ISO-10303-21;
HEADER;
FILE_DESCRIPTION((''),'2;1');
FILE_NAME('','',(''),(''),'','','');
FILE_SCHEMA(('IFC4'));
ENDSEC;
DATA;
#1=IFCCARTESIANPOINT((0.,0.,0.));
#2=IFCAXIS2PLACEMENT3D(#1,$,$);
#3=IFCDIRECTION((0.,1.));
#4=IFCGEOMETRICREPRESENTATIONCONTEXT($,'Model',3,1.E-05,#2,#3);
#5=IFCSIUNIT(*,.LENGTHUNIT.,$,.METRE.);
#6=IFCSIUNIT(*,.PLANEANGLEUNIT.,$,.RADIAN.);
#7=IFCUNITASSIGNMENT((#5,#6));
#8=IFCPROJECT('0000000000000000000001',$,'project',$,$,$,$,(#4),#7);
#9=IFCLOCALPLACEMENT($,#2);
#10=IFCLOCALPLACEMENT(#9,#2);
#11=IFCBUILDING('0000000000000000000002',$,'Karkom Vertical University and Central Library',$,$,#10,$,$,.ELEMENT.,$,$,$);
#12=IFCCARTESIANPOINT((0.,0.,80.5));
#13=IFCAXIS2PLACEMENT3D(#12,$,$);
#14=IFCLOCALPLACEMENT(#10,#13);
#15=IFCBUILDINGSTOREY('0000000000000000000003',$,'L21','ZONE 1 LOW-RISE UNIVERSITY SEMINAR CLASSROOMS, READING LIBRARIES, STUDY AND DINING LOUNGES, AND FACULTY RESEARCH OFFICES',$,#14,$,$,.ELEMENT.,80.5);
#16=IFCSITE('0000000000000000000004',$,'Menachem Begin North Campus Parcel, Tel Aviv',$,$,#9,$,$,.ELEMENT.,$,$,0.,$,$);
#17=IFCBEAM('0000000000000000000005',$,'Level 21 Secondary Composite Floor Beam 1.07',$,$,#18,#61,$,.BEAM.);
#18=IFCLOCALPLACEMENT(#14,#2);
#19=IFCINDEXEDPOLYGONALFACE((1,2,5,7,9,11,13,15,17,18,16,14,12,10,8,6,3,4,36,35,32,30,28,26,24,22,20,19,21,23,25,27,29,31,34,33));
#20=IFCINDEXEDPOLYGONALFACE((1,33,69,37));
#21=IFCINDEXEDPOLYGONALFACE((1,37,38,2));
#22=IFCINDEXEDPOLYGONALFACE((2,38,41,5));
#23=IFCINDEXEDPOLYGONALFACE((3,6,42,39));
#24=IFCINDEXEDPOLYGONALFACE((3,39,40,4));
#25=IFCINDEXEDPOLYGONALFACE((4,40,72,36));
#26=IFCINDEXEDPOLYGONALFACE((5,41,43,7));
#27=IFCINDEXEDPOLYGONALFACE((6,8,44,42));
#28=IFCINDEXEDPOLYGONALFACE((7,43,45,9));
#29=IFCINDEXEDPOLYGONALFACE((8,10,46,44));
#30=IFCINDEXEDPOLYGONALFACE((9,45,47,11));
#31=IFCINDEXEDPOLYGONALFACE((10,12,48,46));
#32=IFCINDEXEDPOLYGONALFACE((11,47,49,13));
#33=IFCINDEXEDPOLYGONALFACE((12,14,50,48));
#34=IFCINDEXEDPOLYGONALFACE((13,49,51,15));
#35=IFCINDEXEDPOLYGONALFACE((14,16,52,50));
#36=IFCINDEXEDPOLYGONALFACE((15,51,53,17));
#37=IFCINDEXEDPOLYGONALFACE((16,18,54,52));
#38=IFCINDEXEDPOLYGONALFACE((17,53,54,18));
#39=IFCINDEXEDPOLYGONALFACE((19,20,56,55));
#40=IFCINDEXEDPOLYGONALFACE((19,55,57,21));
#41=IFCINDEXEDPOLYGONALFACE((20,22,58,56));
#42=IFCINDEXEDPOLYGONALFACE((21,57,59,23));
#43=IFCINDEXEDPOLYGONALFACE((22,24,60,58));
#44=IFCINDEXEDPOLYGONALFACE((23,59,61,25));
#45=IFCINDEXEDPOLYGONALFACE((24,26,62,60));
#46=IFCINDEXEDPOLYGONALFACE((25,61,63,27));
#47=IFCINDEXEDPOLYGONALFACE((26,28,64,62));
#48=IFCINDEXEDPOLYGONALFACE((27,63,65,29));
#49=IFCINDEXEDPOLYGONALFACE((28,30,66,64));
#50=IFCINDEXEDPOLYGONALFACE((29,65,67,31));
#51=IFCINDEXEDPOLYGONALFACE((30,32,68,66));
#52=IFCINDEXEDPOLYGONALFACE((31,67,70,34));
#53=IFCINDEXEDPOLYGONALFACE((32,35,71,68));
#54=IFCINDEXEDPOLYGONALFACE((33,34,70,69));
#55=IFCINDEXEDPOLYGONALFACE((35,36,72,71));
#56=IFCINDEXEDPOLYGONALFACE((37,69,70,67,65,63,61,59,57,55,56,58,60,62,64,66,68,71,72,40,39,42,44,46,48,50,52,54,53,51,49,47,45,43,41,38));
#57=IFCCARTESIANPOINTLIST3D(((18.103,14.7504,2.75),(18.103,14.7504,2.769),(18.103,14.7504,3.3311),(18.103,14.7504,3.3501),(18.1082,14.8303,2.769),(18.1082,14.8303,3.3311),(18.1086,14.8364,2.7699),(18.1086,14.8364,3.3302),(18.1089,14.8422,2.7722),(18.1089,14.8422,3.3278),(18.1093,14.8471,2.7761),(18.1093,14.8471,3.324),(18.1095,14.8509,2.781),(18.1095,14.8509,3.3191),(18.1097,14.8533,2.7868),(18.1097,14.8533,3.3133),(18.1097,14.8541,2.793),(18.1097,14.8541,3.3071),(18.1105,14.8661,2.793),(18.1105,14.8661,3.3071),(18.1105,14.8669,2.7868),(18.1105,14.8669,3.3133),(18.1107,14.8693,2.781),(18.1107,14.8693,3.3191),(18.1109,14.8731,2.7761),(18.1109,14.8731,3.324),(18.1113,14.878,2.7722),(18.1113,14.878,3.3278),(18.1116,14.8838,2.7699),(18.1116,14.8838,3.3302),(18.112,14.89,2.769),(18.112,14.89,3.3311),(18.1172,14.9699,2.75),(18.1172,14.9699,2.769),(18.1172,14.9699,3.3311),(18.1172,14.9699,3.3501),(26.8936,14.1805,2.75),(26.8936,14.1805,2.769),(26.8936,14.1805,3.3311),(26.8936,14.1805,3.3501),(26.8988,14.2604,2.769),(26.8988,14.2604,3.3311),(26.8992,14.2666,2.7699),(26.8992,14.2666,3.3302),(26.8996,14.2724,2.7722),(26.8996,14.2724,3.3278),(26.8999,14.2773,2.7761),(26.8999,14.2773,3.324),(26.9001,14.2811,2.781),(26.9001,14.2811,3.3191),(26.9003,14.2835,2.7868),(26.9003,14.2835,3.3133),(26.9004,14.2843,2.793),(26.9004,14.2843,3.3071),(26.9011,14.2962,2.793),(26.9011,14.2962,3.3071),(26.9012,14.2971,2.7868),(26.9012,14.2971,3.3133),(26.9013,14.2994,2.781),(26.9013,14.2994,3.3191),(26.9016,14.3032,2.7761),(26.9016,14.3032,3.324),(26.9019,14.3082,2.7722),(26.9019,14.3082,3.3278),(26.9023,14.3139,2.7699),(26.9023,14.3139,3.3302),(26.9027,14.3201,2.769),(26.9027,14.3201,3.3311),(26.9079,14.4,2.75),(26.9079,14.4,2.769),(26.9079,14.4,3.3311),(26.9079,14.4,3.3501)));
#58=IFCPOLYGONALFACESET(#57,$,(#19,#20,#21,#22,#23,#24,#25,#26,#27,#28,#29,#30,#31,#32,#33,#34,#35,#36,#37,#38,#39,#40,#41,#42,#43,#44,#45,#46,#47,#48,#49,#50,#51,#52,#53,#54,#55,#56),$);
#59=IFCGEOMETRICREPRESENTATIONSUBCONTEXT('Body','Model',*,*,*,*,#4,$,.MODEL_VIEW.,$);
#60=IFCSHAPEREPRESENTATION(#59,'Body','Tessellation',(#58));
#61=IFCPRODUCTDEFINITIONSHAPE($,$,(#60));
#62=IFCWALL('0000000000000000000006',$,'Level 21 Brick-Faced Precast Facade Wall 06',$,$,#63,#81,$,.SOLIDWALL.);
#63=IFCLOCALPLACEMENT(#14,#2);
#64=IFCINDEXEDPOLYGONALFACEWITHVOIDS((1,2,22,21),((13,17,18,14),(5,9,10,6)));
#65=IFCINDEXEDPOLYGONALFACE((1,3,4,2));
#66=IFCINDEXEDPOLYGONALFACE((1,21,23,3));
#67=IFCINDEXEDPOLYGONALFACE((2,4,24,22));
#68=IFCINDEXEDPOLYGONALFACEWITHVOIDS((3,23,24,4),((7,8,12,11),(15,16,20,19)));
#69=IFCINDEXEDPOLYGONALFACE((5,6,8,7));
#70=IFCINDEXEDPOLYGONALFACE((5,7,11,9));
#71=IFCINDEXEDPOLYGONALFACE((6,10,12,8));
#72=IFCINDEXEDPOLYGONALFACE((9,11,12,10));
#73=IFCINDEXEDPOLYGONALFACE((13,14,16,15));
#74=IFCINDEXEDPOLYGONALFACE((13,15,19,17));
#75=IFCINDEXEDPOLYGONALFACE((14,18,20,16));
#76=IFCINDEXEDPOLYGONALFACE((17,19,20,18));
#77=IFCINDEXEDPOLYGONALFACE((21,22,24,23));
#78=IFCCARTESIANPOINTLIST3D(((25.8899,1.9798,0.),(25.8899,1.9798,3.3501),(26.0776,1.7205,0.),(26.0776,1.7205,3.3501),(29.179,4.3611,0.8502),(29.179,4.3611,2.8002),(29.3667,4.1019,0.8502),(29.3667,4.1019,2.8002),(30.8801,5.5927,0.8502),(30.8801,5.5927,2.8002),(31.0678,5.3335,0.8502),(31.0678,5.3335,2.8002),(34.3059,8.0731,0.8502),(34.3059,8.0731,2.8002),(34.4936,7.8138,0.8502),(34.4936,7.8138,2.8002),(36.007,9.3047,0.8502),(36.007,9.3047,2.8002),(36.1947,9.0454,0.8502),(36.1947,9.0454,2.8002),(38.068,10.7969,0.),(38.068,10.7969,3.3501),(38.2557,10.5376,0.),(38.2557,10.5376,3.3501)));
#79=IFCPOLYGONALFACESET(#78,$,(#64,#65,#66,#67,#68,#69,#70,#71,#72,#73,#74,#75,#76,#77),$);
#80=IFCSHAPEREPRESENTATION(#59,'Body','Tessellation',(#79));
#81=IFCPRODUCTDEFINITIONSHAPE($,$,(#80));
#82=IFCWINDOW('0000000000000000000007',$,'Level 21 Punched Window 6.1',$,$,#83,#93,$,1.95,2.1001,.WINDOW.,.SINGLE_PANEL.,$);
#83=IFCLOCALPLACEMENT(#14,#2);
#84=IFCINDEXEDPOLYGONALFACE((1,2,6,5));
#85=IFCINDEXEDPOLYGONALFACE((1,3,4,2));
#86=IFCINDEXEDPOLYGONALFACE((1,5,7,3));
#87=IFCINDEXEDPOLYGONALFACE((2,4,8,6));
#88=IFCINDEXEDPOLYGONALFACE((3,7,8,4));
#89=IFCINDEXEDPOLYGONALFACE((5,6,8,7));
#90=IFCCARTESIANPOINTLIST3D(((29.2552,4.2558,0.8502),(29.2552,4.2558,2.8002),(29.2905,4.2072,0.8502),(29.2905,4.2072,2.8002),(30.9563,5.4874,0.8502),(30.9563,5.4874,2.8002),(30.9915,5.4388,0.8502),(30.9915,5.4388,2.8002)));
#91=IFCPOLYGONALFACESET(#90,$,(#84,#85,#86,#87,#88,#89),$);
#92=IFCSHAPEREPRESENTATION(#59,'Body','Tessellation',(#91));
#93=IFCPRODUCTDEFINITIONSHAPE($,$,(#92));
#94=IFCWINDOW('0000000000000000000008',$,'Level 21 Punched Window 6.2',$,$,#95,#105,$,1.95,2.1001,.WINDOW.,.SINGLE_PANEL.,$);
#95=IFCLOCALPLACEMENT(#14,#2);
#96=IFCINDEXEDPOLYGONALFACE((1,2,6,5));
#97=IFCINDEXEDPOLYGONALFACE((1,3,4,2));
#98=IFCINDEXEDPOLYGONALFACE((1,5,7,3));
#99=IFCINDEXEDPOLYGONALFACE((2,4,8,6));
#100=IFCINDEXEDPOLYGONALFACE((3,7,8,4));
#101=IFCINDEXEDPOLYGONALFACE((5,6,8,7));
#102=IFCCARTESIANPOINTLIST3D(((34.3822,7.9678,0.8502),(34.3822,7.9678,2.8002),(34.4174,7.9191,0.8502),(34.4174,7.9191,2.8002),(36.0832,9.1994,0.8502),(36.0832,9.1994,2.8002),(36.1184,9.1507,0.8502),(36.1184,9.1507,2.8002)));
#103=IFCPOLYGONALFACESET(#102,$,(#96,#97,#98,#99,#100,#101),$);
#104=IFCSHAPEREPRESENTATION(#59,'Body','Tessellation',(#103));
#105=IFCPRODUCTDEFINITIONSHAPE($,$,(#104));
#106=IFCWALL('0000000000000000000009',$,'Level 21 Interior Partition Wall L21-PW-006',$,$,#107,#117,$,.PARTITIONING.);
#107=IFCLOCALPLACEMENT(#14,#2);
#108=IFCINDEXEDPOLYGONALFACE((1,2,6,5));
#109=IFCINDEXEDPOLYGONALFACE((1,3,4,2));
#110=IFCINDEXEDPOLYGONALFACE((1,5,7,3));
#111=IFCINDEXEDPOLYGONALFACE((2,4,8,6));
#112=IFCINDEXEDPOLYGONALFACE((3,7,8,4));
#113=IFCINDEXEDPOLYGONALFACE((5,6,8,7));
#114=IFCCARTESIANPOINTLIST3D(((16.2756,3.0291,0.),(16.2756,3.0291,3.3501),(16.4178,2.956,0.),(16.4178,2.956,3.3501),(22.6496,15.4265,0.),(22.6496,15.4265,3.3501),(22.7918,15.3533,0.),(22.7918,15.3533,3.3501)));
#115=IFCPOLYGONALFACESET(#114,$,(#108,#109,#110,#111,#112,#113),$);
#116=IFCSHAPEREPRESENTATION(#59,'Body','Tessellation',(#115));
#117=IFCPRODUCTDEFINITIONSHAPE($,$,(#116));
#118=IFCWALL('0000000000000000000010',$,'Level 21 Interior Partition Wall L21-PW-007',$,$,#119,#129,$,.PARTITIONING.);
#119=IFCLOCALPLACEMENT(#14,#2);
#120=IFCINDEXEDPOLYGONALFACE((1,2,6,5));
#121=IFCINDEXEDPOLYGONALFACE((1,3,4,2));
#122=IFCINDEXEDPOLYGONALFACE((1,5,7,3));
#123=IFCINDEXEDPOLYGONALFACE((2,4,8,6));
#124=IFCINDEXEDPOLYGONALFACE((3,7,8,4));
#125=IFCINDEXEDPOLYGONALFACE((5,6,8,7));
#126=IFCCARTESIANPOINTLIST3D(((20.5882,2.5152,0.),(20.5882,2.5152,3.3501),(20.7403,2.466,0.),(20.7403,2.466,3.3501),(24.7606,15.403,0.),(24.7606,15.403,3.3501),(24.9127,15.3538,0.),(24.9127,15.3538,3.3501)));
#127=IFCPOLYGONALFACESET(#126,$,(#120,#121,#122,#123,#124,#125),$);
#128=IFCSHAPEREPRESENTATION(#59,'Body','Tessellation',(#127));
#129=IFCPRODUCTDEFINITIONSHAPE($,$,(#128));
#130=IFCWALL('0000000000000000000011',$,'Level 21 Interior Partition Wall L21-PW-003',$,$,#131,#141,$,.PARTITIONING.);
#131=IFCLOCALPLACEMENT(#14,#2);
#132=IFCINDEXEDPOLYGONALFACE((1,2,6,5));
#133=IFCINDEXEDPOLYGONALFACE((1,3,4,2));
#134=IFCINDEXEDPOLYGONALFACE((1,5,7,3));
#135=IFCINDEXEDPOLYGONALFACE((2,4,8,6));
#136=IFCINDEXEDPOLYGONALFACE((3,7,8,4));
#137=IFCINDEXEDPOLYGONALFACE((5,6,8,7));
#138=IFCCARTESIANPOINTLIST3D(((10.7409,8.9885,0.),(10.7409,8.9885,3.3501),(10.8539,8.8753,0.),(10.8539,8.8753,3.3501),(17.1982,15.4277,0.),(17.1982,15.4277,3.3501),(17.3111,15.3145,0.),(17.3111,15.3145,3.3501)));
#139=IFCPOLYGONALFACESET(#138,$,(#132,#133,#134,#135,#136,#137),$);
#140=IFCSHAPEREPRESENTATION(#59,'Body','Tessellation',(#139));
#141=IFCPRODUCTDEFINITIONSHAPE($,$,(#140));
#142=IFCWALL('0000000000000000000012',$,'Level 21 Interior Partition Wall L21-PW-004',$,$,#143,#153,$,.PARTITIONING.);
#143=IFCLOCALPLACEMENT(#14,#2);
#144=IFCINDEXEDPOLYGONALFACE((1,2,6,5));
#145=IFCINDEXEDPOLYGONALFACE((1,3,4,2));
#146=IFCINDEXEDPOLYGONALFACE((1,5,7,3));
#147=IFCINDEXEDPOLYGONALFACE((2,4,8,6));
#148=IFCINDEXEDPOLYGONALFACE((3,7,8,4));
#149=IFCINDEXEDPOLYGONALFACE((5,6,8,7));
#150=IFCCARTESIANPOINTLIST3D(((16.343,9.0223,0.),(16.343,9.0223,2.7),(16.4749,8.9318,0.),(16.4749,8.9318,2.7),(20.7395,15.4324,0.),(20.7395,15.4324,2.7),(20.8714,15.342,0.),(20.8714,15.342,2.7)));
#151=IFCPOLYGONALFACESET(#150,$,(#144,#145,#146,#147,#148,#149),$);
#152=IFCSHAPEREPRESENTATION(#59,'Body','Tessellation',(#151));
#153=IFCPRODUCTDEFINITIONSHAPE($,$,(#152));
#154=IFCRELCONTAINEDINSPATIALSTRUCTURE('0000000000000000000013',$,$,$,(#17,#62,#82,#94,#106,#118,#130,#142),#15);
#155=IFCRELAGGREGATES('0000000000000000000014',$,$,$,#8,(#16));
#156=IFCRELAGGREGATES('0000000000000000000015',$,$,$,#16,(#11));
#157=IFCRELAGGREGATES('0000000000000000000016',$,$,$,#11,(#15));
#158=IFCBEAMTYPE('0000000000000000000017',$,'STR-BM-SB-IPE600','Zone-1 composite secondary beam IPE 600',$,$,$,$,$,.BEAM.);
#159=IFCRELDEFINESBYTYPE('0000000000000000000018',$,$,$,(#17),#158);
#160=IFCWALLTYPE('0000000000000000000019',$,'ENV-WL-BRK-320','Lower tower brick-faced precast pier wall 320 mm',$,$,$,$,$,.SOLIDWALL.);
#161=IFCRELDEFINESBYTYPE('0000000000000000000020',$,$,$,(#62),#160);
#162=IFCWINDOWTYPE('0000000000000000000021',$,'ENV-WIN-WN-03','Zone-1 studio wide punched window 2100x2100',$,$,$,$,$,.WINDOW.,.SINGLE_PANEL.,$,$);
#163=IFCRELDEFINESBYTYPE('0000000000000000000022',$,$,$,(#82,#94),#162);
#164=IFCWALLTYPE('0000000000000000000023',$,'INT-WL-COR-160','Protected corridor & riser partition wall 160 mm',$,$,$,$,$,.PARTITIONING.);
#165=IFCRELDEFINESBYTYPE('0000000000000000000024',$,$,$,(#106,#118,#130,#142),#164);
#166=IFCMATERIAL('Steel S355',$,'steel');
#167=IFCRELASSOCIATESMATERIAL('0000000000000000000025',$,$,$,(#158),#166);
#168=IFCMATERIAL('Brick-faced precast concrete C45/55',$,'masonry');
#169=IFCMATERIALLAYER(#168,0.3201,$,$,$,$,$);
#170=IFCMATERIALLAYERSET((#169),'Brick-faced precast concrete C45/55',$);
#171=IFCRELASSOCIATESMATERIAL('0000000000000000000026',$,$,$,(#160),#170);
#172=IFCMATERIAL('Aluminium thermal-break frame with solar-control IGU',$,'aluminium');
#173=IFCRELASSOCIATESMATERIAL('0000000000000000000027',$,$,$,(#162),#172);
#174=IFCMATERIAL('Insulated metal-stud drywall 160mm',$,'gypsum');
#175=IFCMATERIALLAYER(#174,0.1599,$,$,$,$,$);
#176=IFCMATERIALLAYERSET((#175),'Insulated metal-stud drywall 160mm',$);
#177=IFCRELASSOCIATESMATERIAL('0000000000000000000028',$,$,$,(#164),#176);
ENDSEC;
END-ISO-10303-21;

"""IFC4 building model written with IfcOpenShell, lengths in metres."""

from ifc_helpers import new_model, si_unit, direction, frame, frame_2d, origin, origin_with_axes, origin_2d, place, context, subcontext, project, spatial, rectangle, i_section, extrude, source, transform, mapped, material, layer, layer_set, material_profile, profile_set, type_object, element, fill, save


model = new_model("IFC4")

# Units and contexts
model_context = context("Model", 3, precision=1e-05, world=origin(), true_north=direction((0.0, 1.0)))
body_context = subcontext(model_context, "Body", "Model", "MODEL_VIEW")
ifc_project = project(units=[si_unit("LENGTHUNIT", "METRE"), si_unit("PLANEANGLEUNIT", "RADIAN")], contexts=[model_context])

# Site, building, storey
site_placement = place(None, origin())
site = spatial("IfcSite", under=ifc_project, at=site_placement, Name="Menachem Begin North Campus Parcel, Tel Aviv", CompositionType="ELEMENT", RefElevation=0.0)
building_placement = place(site_placement, origin())
building = spatial("IfcBuilding", under=site, at=building_placement, Name="Karkom Vertical University and Central Library", CompositionType="ELEMENT")
storey_placement = place(building_placement, frame((0.0, 0.0, 80.5)))
storey = spatial("IfcBuildingStorey", under=building, at=storey_placement, Name="L21", Description="ZONE 1 LOW-RISE UNIVERSITY SEMINAR CLASSROOMS, READING LIBRARIES, STUDY AND DINING LOUNGES, AND FACULTY RESEARCH OFFICES", CompositionType="ELEMENT", Elevation=80.5)

# Beam
ifc_material_1 = material(Name="Steel S355", Category="steel")
ifc_material_profile_1 = material_profile(ifc_material_1, i_section(OverallWidth=0.22, OverallDepth=0.6001, WebThickness=0.012, FlangeThickness=0.019, FilletRadius=0.0239, at=origin_2d()), Name="IPE 600")
ifc_profile_set_1 = profile_set([ifc_material_profile_1], Name="Steel S355")
beam_type_1 = type_object("IfcBeamType", Name="STR-BM-SB-IPE600", Description="Zone-1 composite secondary beam IPE 600", PredefinedType="BEAM", material=ifc_profile_set_1)
shared_shape_1 = source(origin_with_axes(), body_context, "Body", "SweptSolid", [
    extrude(i_section(OverallWidth=0.22, OverallDepth=0.6001, WebThickness=0.012, FlangeThickness=0.019, FilletRadius=0.0239, at=origin_2d()), origin(), (0.0, 0.0, 1.0), 8.8091),
])
beam_1_placement = place(storey_placement, frame((18.1101, 14.8601, 3.05), z_axis=(0.997906, -0.064687, 0.0), x_axis=(0.064687, 0.997906, 0.0)))
element("IfcBeam", 1, at=beam_1_placement, inside=storey, type_object=beam_type_1, Name="Level 21 Secondary Composite Floor Beam 1.07", PredefinedType="BEAM", context=body_context, shape_type="MappedRepresentation", body=[
    mapped(shared_shape_1, transform((0.0, 0.0, 0.0), scale=1.0)),
])

# Wall, openings, windows
ifc_material_2 = material(Name="Brick-faced precast concrete C45/55", Category="masonry")
ifc_layer_1 = layer(ifc_material_2, 0.3201)
ifc_layer_set_1 = layer_set([ifc_layer_1], Name="Brick-faced precast concrete C45/55")
wall_type_1 = type_object("IfcWallType", Name="ENV-WL-BRK-320", Description="Lower tower brick-faced precast pier wall 320 mm", PredefinedType="SOLIDWALL", material=ifc_layer_set_1)
wall_1_placement = place(storey_placement, frame((25.9836, 1.8501, 0.0), z_axis=(0.0, 0.0, 1.0), x_axis=(0.809992, 0.586441, 0.0)))
wall_1 = element("IfcWall", 2, at=wall_1_placement, inside=storey, type_object=wall_type_1, Name="Level 21 Brick-Faced Precast Facade Wall 06", PredefinedType="SOLIDWALL", context=body_context, shape_type="SweptSolid", body=[
    extrude(rectangle(XDim=15.0349, YDim=0.3201, at=frame_2d((7.5176, 0.0))), origin(), (0.0, 0.0, 1.0), 3.3501),
])
opening_1_placement = place(wall_1_placement, frame((4.0608, 0.0, 0.8501)))
opening_1 = element("IfcOpeningElement", 3, at=opening_1_placement, cuts=wall_1, PredefinedType="OPENING", context=body_context, shape_type="SweptSolid", body=[
    extrude(rectangle(XDim=2.1001, YDim=1.95, at=frame_2d((1.05, 0.9751))), frame((0.0, 0.1699, 0.0), z_axis=(0.0, -1.0, 0.0), x_axis=(1.0, 0.0, 0.0)), (0.0, 0.0, 1.0), 0.3401),
])
opening_2_placement = place(wall_1_placement, frame((10.3904, 0.0, 0.8501)))
opening_2 = element("IfcOpeningElement", 4, at=opening_2_placement, cuts=wall_1, PredefinedType="OPENING", context=body_context, shape_type="SweptSolid", body=[
    extrude(rectangle(XDim=2.1001, YDim=1.95, at=frame_2d((1.05, 0.9751))), frame((0.0, 0.1699, 0.0), z_axis=(0.0, -1.0, 0.0), x_axis=(1.0, 0.0, 0.0)), (0.0, 0.0, 1.0), 0.3401),
])
ifc_material_3 = material(Name="Aluminium thermal-break frame with solar-control IGU", Category="aluminium")
window_type = type_object("IfcWindowType", Name="ENV-WIN-WN-03", Description="Zone-1 studio wide punched window 2100x2100", PartitioningType="SINGLE_PANEL", PredefinedType="WINDOW", material=ifc_material_3)
shared_shape_2 = source(origin_with_axes(), body_context, "Body", "SweptSolid", [
    extrude(rectangle(XDim=2.1001, YDim=1.95, at=frame_2d((1.05, 0.9751))), frame((0.0, 0.03, 0.0), z_axis=(0.0, -1.0, 0.0), x_axis=(1.0, 0.0, 0.0)), (0.0, 0.0, 1.0), 0.0601),
])
window_1_placement = place(opening_1_placement, origin())
window_1 = element("IfcWindow", 5, at=window_1_placement, inside=storey, type_object=window_type, Name="Level 21 Punched Window 6.1", OverallHeight=1.95, OverallWidth=2.1001, PartitioningType="SINGLE_PANEL", PredefinedType="WINDOW", context=body_context, shape_type="MappedRepresentation", body=[
    mapped(shared_shape_2, transform((0.0, 0.0, 0.0), scale=1.0)),
])
fill(opening_1, window_1)
window_2_placement = place(opening_2_placement, origin())
window_2 = element("IfcWindow", 6, at=window_2_placement, inside=storey, type_object=window_type, Name="Level 21 Punched Window 6.2", OverallHeight=1.95, OverallWidth=2.1001, PartitioningType="SINGLE_PANEL", PredefinedType="WINDOW", context=body_context, shape_type="MappedRepresentation", body=[
    mapped(shared_shape_2, transform((0.0, 0.0, 0.0), scale=1.0)),
])
fill(opening_2, window_2)

# Walls
ifc_material_4 = material(Name="Insulated metal-stud drywall 160mm", Category="gypsum")
ifc_layer_2 = layer(ifc_material_4, 0.1599)
ifc_layer_set_2 = layer_set([ifc_layer_2], Name="Insulated metal-stud drywall 160mm")
wall_type_2 = type_object("IfcWallType", Name="INT-WL-COR-160", Description="Protected corridor & riser partition wall 160 mm", PredefinedType="PARTITIONING", material=ifc_layer_set_2)
wall_2_placement = place(storey_placement, frame((22.7207, 15.3899, 0.0), z_axis=(0.0, 0.0, 1.0), x_axis=(-0.457245, -0.889341, 0.0)))
element("IfcWall", 7, at=wall_2_placement, inside=storey, type_object=wall_type_2, Name="Level 21 Interior Partition Wall L21-PW-006", PredefinedType="PARTITIONING", context=body_context, shape_type="SweptSolid", body=[
    extrude(rectangle(XDim=13.9399, YDim=0.1599, at=frame_2d((6.97, 0.0))), origin(), (0.0, 0.0, 1.0), 3.3501),
])
wall_3_placement = place(storey_placement, frame((24.8367, 15.3784, 0.0), z_axis=(0.0, 0.0, 1.0), x_axis=(-0.308008, -0.951384, 0.0)))
element("IfcWall", 8, at=wall_3_placement, inside=storey, type_object=wall_type_2, Name="Level 21 Interior Partition Wall L21-PW-007", PredefinedType="PARTITIONING", context=body_context, shape_type="SweptSolid", body=[
    extrude(rectangle(XDim=13.5464, YDim=0.1599, at=frame_2d((6.7732, 0.0))), origin(), (0.0, 0.0, 1.0), 3.3501),
])
wall_4_placement = place(storey_placement, frame((17.2546, 15.3711, 0.0), z_axis=(0.0, 0.0, 1.0), x_axis=(-0.708097, -0.706116, 0.0)))
element("IfcWall", 9, at=wall_4_placement, inside=storey, type_object=wall_type_2, Name="Level 21 Interior Partition Wall L21-PW-003", PredefinedType="PARTITIONING", context=body_context, shape_type="SweptSolid", body=[
    extrude(rectangle(XDim=9.1191, YDim=0.1599, at=frame_2d((4.5596, 0.0))), origin(), (0.0, 0.0, 1.0), 3.3501),
])
wall_5_placement = place(storey_placement, frame((20.8054, 15.3872, 0.0), z_axis=(0.0, 0.0, 1.0), x_axis=(-0.565611, -0.824672, 0.0)))
element("IfcWall", 10, at=wall_5_placement, inside=storey, type_object=wall_type_2, Name="Level 21 Interior Partition Wall L21-PW-004", PredefinedType="PARTITIONING", context=body_context, shape_type="SweptSolid", body=[
    extrude(rectangle(XDim=7.7729, YDim=0.1599, at=frame_2d((3.8865, 0.0))), origin(), (0.0, 0.0, 1.0), 2.7),
])

save(model, "model.ifc")
